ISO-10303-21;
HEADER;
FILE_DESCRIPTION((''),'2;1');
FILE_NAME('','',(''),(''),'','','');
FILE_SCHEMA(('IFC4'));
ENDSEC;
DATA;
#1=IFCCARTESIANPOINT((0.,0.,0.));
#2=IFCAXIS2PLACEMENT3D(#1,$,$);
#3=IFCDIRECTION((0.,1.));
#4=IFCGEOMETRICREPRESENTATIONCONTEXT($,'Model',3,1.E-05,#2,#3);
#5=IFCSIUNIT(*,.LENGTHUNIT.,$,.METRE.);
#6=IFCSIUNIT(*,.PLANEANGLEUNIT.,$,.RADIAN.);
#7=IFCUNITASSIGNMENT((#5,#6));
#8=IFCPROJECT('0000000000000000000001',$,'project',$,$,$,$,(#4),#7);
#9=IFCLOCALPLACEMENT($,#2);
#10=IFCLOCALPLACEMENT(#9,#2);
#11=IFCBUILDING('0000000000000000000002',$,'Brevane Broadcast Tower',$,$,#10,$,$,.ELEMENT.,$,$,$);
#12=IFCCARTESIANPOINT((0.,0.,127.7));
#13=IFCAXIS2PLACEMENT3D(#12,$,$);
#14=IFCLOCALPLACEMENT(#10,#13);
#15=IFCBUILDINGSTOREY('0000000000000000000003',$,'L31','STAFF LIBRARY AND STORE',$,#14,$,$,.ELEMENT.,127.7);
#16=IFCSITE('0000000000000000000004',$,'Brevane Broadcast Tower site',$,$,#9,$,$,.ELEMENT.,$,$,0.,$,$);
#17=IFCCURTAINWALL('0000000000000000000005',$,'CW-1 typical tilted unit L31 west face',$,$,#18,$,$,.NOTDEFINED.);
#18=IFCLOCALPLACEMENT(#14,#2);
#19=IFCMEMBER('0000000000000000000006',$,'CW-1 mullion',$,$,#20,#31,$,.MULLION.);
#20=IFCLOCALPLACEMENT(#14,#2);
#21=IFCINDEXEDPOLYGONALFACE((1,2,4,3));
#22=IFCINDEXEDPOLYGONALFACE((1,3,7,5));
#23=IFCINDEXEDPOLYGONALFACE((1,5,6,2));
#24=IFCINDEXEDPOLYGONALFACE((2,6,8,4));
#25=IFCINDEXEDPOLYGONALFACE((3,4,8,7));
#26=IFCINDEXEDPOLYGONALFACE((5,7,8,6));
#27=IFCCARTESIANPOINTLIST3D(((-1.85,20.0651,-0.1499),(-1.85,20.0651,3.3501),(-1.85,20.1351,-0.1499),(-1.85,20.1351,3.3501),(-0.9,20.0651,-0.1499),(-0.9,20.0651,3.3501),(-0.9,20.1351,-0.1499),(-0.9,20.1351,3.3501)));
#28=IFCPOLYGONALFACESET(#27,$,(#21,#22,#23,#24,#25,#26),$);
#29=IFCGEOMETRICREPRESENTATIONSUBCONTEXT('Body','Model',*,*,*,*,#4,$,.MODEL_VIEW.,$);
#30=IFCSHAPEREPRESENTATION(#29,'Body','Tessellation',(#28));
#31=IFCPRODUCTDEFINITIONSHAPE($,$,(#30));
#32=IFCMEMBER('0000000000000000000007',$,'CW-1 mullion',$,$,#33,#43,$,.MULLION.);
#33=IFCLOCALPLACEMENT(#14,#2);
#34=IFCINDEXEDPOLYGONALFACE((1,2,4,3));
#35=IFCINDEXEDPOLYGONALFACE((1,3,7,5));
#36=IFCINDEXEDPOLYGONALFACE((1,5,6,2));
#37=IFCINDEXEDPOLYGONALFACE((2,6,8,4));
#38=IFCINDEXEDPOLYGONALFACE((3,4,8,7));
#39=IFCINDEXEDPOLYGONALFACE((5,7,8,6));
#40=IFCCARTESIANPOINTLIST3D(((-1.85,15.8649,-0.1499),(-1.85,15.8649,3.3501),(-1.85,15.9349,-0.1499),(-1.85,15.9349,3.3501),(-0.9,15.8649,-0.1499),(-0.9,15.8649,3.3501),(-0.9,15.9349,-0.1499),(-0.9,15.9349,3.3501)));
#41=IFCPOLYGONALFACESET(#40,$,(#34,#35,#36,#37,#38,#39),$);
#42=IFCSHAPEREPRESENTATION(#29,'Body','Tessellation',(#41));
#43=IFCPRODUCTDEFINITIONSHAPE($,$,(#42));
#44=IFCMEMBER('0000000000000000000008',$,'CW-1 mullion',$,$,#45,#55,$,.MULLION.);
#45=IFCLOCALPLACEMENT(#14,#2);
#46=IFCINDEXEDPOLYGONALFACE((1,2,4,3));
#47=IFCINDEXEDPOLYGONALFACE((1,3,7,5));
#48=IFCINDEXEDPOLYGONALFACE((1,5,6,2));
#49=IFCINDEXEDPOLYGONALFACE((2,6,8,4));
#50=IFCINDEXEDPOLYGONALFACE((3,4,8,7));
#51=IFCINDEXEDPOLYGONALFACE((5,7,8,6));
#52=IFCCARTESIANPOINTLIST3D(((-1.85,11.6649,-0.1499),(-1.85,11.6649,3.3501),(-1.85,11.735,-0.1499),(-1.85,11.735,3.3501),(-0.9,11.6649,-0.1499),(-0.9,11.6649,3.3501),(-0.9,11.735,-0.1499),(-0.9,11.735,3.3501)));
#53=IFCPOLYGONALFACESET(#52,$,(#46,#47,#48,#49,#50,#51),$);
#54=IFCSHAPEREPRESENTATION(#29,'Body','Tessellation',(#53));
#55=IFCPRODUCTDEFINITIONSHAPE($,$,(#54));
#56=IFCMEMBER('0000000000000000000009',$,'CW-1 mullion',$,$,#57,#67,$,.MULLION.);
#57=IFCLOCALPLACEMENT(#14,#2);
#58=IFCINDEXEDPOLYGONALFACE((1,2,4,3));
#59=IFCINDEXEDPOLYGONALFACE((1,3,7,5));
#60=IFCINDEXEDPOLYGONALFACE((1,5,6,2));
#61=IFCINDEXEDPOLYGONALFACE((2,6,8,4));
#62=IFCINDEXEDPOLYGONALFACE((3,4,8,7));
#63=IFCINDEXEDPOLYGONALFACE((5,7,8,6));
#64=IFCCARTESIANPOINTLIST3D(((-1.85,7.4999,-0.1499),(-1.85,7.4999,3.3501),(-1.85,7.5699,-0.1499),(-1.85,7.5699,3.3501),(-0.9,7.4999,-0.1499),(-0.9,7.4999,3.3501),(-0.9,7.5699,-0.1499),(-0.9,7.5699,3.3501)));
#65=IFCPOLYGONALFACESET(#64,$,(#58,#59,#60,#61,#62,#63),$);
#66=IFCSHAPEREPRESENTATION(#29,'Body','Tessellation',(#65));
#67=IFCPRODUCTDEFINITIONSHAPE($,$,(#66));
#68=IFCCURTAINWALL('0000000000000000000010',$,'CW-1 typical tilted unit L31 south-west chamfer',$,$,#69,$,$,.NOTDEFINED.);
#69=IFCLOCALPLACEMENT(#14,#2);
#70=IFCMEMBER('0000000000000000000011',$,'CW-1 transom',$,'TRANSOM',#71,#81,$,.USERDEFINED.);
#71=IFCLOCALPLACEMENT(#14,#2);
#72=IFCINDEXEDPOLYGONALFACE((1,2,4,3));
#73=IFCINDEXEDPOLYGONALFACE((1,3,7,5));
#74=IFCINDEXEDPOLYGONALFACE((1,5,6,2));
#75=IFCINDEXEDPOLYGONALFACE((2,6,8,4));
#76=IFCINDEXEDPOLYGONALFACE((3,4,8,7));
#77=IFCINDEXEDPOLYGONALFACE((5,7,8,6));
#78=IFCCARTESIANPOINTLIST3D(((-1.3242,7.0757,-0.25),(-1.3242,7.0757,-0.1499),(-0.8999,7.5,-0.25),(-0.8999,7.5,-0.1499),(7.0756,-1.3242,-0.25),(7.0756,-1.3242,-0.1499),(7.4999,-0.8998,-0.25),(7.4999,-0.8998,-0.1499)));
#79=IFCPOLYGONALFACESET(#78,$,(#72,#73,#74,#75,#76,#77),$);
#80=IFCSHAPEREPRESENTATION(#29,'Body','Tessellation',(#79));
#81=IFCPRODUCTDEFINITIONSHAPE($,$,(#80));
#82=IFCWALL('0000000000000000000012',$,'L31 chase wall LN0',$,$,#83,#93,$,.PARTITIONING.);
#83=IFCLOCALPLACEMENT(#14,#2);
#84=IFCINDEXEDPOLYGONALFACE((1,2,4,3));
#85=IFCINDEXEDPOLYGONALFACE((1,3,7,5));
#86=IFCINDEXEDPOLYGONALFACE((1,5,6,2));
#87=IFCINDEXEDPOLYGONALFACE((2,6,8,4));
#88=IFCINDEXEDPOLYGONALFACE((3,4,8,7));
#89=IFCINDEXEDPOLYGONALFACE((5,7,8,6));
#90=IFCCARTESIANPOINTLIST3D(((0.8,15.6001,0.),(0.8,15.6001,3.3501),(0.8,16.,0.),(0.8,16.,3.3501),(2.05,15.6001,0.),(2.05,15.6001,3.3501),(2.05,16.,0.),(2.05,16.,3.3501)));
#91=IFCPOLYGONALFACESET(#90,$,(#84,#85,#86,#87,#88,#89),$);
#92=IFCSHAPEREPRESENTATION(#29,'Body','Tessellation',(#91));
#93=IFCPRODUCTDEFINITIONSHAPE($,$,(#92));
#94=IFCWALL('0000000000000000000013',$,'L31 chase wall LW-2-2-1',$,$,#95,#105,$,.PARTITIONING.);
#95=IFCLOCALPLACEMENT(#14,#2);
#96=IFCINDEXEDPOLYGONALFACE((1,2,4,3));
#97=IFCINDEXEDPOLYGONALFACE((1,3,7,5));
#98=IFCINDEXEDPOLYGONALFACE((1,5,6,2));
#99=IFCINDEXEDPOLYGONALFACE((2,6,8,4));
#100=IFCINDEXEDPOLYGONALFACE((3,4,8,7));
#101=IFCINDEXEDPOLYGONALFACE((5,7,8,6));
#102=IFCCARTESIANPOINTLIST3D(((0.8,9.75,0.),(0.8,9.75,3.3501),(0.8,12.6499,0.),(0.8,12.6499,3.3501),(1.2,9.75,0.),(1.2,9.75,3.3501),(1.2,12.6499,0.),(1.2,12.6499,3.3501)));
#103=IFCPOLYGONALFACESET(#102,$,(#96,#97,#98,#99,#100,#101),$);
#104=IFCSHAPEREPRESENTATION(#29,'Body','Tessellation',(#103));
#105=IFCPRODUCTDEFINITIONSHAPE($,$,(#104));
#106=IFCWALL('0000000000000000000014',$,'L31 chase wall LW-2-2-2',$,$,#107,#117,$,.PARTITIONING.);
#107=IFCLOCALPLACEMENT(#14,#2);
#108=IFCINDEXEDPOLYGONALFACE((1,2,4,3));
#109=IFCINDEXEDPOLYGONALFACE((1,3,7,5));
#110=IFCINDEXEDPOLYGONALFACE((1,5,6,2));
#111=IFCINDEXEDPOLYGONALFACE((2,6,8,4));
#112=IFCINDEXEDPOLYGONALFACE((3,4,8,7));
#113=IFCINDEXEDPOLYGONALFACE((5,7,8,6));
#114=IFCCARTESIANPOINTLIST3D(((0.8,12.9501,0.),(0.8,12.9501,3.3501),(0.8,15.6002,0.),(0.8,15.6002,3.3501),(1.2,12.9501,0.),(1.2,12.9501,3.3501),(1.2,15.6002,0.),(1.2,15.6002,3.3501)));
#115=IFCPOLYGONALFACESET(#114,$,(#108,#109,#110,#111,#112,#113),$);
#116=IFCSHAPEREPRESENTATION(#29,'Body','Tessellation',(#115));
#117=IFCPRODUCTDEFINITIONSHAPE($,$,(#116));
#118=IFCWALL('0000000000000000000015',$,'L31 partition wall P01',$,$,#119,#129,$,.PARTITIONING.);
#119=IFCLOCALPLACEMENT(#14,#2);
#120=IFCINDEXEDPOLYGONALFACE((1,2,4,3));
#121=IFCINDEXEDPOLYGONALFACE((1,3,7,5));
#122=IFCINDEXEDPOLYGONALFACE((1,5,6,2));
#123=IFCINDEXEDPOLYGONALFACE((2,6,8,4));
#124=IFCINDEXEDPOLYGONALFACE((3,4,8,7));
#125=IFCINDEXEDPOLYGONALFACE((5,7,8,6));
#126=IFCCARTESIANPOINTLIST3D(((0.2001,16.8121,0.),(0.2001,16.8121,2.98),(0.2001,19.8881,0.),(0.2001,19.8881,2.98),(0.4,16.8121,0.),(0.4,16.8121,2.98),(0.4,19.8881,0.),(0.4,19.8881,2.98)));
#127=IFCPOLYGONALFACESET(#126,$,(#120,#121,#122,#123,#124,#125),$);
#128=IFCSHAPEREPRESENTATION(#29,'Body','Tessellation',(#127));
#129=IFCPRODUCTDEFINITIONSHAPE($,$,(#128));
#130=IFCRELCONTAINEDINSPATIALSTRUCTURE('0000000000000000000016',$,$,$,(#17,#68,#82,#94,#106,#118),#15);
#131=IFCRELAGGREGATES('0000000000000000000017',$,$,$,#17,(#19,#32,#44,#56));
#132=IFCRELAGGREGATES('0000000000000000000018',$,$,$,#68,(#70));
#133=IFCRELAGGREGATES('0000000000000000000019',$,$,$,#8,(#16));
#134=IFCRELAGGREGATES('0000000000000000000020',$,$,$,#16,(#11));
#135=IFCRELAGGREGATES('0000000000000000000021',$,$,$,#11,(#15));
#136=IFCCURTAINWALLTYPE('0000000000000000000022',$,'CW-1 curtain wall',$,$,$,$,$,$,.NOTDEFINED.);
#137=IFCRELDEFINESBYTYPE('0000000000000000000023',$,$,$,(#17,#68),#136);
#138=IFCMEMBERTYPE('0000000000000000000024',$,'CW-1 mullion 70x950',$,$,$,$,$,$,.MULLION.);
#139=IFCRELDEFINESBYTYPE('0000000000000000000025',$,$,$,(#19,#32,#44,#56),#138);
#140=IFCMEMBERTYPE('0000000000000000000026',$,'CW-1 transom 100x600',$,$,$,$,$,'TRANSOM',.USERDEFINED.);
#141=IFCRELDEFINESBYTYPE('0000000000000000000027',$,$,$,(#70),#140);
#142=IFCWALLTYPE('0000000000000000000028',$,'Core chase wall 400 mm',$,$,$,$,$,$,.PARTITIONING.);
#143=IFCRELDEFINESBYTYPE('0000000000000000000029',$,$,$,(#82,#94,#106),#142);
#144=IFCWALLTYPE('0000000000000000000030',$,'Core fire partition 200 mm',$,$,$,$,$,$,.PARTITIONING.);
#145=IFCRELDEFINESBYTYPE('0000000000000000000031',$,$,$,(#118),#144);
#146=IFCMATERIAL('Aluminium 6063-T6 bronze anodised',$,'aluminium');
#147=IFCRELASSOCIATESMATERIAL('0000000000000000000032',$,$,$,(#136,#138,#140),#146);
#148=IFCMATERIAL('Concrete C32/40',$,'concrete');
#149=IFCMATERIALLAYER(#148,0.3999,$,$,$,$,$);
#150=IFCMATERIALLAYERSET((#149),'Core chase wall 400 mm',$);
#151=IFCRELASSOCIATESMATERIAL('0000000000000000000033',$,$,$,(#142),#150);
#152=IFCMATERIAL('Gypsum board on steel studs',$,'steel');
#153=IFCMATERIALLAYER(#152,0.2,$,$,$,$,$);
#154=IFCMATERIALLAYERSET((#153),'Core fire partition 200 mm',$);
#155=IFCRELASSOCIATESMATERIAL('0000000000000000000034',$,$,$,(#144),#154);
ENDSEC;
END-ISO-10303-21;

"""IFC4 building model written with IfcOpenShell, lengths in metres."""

from ifc_helpers import new_model, si_unit, direction, frame, frame_2d, origin, origin_2d, place, context, subcontext, project, spatial, rectangle, extrude, material, layer, layer_set, material_profile, profile_set, type_object, element, aggregate, save


model = new_model("IFC4")

# Units and contexts
model_context = context("Model", 3, precision=1e-05, world=origin(), true_north=direction((0.0, 1.0)))
body_context = subcontext(model_context, "Body", "Model", "MODEL_VIEW")
ifc_project = project(units=[si_unit("LENGTHUNIT", "METRE"), si_unit("PLANEANGLEUNIT", "RADIAN")], contexts=[model_context])

# Site, building, storey
site_placement = place(None, origin())
site = spatial("IfcSite", under=ifc_project, at=site_placement, Name="Brevane Broadcast Tower site", CompositionType="ELEMENT", RefElevation=0.0)
building_placement = place(site_placement, origin())
building = spatial("IfcBuilding", under=site, at=building_placement, Name="Brevane Broadcast Tower", CompositionType="ELEMENT")
storey_placement = place(building_placement, frame((0.0, 0.0, 127.7)))
storey = spatial("IfcBuildingStorey", under=building, at=storey_placement, Name="L31", Description="STAFF LIBRARY AND STORE", CompositionType="ELEMENT", Elevation=127.7)

# Curtain wall, members
ifc_material_1 = material(Name="Aluminium 6063-T6 bronze anodised", Category="aluminium")
curtain_wall_type = type_object("IfcCurtainWallType", Name="CW-1 curtain wall", PredefinedType="NOTDEFINED", material=ifc_material_1)
curtain_wall_1_placement = place(storey_placement, origin())
curtain_wall_1 = element("IfcCurtainWall", 1, at=curtain_wall_1_placement, inside=storey, type_object=curtain_wall_type, Name="CW-1 typical tilted unit L31 west face", PredefinedType="NOTDEFINED")
ifc_material_profile_1 = material_profile(ifc_material_1, rectangle(XDim=0.95, YDim=0.0701, at=origin_2d()), Name="RECT 70x950")
ifc_profile_set_1 = profile_set([ifc_material_profile_1], Name="Aluminium 6063-T6 bronze anodised")
member_type_1 = type_object("IfcMemberType", Name="CW-1 mullion 70x950", PredefinedType="MULLION", material=ifc_profile_set_1)
member_1_placement = place(storey_placement, frame((-1.375, 20.1001, -0.1499), z_axis=(0.0, 0.0, 1.0), x_axis=(1.0, 0.0, 0.0)))
member_1 = element("IfcMember", 2, at=member_1_placement, type_object=member_type_1, Name="CW-1 mullion", PredefinedType="MULLION", context=body_context, shape_type="SweptSolid", body=[
    extrude(rectangle(XDim=0.95, YDim=0.0701, at=origin_2d()), origin(), (0.0, 0.0, 1.0), 3.5),
])
member_2_placement = place(storey_placement, frame((-1.375, 15.8999, -0.1499), z_axis=(0.0, 0.0, 1.0), x_axis=(1.0, 0.0, 0.0)))
member_2 = element("IfcMember", 3, at=member_2_placement, type_object=member_type_1, Name="CW-1 mullion", PredefinedType="MULLION", context=body_context, shape_type="SweptSolid", body=[
    extrude(rectangle(XDim=0.95, YDim=0.0701, at=origin_2d()), origin(), (0.0, 0.0, 1.0), 3.5),
])
member_3_placement = place(storey_placement, frame((-1.375, 11.7, -0.1499), z_axis=(0.0, 0.0, 1.0), x_axis=(1.0, 0.0, 0.0)))
member_3 = element("IfcMember", 4, at=member_3_placement, type_object=member_type_1, Name="CW-1 mullion", PredefinedType="MULLION", context=body_context, shape_type="SweptSolid", body=[
    extrude(rectangle(XDim=0.95, YDim=0.0701, at=origin_2d()), origin(), (0.0, 0.0, 1.0), 3.5),
])
member_4_placement = place(storey_placement, frame((-1.375, 7.5349, -0.1499), z_axis=(0.0, 0.0, 1.0), x_axis=(1.0, 0.0, 0.0)))
member_4 = element("IfcMember", 5, at=member_4_placement, type_object=member_type_1, Name="CW-1 mullion", PredefinedType="MULLION", context=body_context, shape_type="SweptSolid", body=[
    extrude(rectangle(XDim=0.95, YDim=0.0701, at=origin_2d()), origin(), (0.0, 0.0, 1.0), 3.5),
])
aggregate(curtain_wall_1, [member_1, member_2, member_3, member_4])

# Curtain wall, member
curtain_wall_2_placement = place(storey_placement, origin())
curtain_wall_2 = element("IfcCurtainWall", 6, at=curtain_wall_2_placement, inside=storey, type_object=curtain_wall_type, Name="CW-1 typical tilted unit L31 south-west chamfer", PredefinedType="NOTDEFINED")
ifc_material_profile_2 = material_profile(ifc_material_1, rectangle(XDim=0.6001, YDim=0.1001, at=origin_2d()), Name="RECT 100x600")
ifc_profile_set_2 = profile_set([ifc_material_profile_2], Name="Aluminium 6063-T6 bronze anodised")
member_type_2 = type_object("IfcMemberType", Name="CW-1 transom 100x600", ElementType="TRANSOM", PredefinedType="USERDEFINED", material=ifc_profile_set_2)
member_5_placement = place(storey_placement, frame((-1.1121, 7.2878, -0.2), z_axis=(0.707107, -0.707107, 0.0), x_axis=(0.707107, 0.707107, 0.0)))
member_5 = element("IfcMember", 7, at=member_5_placement, type_object=member_type_2, Name="CW-1 transom", ObjectType="TRANSOM", PredefinedType="USERDEFINED", context=body_context, shape_type="SweptSolid", body=[
    extrude(rectangle(XDim=0.6001, YDim=0.1001, at=origin_2d()), origin(), (0.0, 0.0, 1.0), 11.8792),
])
aggregate(curtain_wall_2, [member_5])

# Walls
ifc_material_2 = material(Name="Concrete C32/40", Category="concrete")
ifc_layer_1 = layer(ifc_material_2, 0.3999)
ifc_layer_set_1 = layer_set([ifc_layer_1], Name="Core chase wall 400 mm")
wall_type_1 = type_object("IfcWallType", Name="Core chase wall 400 mm", PredefinedType="PARTITIONING", material=ifc_layer_set_1)
wall_1_placement = place(storey_placement, frame((0.8, 15.8, 0.0), z_axis=(0.0, 0.0, 1.0), x_axis=(1.0, 0.0, 0.0)))
element("IfcWall", 8, at=wall_1_placement, inside=storey, type_object=wall_type_1, Name="L31 chase wall LN0", PredefinedType="PARTITIONING", context=body_context, shape_type="SweptSolid", body=[
    extrude(rectangle(XDim=1.25, YDim=0.3999, at=frame_2d((0.625, 0.0))), origin(), (0.0, 0.0, 1.0), 3.3501),
])
wall_2_placement = place(storey_placement, frame((1.0, 9.75, 0.0), z_axis=(0.0, 0.0, 1.0), x_axis=(0.0, 1.0, 0.0)))
element("IfcWall", 9, at=wall_2_placement, inside=storey, type_object=wall_type_1, Name="L31 chase wall LW-2-2-1", PredefinedType="PARTITIONING", context=body_context, shape_type="SweptSolid", body=[
    extrude(rectangle(XDim=2.8999, YDim=0.3999, at=frame_2d((1.45, 0.0))), origin(), (0.0, 0.0, 1.0), 3.3501),
])
wall_3_placement = place(storey_placement, frame((1.0, 12.95, 0.0), z_axis=(0.0, 0.0, 1.0), x_axis=(0.0, 1.0, 0.0)))
element("IfcWall", 10, at=wall_3_placement, inside=storey, type_object=wall_type_1, Name="L31 chase wall LW-2-2-2", PredefinedType="PARTITIONING", context=body_context, shape_type="SweptSolid", body=[
    extrude(rectangle(XDim=2.6501, YDim=0.3999, at=frame_2d((1.3252, 0.0))), origin(), (0.0, 0.0, 1.0), 3.3501),
])
ifc_material_3 = material(Name="Gypsum board on steel studs", Category="steel")
ifc_layer_2 = layer(ifc_material_3, 0.2)
ifc_layer_set_2 = layer_set([ifc_layer_2], Name="Core fire partition 200 mm")
wall_type_2 = type_object("IfcWallType", Name="Core fire partition 200 mm", PredefinedType="PARTITIONING", material=ifc_layer_set_2)
wall_4_placement = place(storey_placement, frame((0.3, 16.812, 0.0), z_axis=(0.0, 0.0, 1.0), x_axis=(0.0, 1.0, 0.0)))
element("IfcWall", 11, at=wall_4_placement, inside=storey, type_object=wall_type_2, Name="L31 partition wall P01", PredefinedType="PARTITIONING", context=body_context, shape_type="SweptSolid", body=[
    extrude(rectangle(XDim=3.0759, YDim=0.2, at=frame_2d((1.5381, 0.0))), origin(), (0.0, 0.0, 1.0), 2.98),
])

save(model, "model.ifc")
